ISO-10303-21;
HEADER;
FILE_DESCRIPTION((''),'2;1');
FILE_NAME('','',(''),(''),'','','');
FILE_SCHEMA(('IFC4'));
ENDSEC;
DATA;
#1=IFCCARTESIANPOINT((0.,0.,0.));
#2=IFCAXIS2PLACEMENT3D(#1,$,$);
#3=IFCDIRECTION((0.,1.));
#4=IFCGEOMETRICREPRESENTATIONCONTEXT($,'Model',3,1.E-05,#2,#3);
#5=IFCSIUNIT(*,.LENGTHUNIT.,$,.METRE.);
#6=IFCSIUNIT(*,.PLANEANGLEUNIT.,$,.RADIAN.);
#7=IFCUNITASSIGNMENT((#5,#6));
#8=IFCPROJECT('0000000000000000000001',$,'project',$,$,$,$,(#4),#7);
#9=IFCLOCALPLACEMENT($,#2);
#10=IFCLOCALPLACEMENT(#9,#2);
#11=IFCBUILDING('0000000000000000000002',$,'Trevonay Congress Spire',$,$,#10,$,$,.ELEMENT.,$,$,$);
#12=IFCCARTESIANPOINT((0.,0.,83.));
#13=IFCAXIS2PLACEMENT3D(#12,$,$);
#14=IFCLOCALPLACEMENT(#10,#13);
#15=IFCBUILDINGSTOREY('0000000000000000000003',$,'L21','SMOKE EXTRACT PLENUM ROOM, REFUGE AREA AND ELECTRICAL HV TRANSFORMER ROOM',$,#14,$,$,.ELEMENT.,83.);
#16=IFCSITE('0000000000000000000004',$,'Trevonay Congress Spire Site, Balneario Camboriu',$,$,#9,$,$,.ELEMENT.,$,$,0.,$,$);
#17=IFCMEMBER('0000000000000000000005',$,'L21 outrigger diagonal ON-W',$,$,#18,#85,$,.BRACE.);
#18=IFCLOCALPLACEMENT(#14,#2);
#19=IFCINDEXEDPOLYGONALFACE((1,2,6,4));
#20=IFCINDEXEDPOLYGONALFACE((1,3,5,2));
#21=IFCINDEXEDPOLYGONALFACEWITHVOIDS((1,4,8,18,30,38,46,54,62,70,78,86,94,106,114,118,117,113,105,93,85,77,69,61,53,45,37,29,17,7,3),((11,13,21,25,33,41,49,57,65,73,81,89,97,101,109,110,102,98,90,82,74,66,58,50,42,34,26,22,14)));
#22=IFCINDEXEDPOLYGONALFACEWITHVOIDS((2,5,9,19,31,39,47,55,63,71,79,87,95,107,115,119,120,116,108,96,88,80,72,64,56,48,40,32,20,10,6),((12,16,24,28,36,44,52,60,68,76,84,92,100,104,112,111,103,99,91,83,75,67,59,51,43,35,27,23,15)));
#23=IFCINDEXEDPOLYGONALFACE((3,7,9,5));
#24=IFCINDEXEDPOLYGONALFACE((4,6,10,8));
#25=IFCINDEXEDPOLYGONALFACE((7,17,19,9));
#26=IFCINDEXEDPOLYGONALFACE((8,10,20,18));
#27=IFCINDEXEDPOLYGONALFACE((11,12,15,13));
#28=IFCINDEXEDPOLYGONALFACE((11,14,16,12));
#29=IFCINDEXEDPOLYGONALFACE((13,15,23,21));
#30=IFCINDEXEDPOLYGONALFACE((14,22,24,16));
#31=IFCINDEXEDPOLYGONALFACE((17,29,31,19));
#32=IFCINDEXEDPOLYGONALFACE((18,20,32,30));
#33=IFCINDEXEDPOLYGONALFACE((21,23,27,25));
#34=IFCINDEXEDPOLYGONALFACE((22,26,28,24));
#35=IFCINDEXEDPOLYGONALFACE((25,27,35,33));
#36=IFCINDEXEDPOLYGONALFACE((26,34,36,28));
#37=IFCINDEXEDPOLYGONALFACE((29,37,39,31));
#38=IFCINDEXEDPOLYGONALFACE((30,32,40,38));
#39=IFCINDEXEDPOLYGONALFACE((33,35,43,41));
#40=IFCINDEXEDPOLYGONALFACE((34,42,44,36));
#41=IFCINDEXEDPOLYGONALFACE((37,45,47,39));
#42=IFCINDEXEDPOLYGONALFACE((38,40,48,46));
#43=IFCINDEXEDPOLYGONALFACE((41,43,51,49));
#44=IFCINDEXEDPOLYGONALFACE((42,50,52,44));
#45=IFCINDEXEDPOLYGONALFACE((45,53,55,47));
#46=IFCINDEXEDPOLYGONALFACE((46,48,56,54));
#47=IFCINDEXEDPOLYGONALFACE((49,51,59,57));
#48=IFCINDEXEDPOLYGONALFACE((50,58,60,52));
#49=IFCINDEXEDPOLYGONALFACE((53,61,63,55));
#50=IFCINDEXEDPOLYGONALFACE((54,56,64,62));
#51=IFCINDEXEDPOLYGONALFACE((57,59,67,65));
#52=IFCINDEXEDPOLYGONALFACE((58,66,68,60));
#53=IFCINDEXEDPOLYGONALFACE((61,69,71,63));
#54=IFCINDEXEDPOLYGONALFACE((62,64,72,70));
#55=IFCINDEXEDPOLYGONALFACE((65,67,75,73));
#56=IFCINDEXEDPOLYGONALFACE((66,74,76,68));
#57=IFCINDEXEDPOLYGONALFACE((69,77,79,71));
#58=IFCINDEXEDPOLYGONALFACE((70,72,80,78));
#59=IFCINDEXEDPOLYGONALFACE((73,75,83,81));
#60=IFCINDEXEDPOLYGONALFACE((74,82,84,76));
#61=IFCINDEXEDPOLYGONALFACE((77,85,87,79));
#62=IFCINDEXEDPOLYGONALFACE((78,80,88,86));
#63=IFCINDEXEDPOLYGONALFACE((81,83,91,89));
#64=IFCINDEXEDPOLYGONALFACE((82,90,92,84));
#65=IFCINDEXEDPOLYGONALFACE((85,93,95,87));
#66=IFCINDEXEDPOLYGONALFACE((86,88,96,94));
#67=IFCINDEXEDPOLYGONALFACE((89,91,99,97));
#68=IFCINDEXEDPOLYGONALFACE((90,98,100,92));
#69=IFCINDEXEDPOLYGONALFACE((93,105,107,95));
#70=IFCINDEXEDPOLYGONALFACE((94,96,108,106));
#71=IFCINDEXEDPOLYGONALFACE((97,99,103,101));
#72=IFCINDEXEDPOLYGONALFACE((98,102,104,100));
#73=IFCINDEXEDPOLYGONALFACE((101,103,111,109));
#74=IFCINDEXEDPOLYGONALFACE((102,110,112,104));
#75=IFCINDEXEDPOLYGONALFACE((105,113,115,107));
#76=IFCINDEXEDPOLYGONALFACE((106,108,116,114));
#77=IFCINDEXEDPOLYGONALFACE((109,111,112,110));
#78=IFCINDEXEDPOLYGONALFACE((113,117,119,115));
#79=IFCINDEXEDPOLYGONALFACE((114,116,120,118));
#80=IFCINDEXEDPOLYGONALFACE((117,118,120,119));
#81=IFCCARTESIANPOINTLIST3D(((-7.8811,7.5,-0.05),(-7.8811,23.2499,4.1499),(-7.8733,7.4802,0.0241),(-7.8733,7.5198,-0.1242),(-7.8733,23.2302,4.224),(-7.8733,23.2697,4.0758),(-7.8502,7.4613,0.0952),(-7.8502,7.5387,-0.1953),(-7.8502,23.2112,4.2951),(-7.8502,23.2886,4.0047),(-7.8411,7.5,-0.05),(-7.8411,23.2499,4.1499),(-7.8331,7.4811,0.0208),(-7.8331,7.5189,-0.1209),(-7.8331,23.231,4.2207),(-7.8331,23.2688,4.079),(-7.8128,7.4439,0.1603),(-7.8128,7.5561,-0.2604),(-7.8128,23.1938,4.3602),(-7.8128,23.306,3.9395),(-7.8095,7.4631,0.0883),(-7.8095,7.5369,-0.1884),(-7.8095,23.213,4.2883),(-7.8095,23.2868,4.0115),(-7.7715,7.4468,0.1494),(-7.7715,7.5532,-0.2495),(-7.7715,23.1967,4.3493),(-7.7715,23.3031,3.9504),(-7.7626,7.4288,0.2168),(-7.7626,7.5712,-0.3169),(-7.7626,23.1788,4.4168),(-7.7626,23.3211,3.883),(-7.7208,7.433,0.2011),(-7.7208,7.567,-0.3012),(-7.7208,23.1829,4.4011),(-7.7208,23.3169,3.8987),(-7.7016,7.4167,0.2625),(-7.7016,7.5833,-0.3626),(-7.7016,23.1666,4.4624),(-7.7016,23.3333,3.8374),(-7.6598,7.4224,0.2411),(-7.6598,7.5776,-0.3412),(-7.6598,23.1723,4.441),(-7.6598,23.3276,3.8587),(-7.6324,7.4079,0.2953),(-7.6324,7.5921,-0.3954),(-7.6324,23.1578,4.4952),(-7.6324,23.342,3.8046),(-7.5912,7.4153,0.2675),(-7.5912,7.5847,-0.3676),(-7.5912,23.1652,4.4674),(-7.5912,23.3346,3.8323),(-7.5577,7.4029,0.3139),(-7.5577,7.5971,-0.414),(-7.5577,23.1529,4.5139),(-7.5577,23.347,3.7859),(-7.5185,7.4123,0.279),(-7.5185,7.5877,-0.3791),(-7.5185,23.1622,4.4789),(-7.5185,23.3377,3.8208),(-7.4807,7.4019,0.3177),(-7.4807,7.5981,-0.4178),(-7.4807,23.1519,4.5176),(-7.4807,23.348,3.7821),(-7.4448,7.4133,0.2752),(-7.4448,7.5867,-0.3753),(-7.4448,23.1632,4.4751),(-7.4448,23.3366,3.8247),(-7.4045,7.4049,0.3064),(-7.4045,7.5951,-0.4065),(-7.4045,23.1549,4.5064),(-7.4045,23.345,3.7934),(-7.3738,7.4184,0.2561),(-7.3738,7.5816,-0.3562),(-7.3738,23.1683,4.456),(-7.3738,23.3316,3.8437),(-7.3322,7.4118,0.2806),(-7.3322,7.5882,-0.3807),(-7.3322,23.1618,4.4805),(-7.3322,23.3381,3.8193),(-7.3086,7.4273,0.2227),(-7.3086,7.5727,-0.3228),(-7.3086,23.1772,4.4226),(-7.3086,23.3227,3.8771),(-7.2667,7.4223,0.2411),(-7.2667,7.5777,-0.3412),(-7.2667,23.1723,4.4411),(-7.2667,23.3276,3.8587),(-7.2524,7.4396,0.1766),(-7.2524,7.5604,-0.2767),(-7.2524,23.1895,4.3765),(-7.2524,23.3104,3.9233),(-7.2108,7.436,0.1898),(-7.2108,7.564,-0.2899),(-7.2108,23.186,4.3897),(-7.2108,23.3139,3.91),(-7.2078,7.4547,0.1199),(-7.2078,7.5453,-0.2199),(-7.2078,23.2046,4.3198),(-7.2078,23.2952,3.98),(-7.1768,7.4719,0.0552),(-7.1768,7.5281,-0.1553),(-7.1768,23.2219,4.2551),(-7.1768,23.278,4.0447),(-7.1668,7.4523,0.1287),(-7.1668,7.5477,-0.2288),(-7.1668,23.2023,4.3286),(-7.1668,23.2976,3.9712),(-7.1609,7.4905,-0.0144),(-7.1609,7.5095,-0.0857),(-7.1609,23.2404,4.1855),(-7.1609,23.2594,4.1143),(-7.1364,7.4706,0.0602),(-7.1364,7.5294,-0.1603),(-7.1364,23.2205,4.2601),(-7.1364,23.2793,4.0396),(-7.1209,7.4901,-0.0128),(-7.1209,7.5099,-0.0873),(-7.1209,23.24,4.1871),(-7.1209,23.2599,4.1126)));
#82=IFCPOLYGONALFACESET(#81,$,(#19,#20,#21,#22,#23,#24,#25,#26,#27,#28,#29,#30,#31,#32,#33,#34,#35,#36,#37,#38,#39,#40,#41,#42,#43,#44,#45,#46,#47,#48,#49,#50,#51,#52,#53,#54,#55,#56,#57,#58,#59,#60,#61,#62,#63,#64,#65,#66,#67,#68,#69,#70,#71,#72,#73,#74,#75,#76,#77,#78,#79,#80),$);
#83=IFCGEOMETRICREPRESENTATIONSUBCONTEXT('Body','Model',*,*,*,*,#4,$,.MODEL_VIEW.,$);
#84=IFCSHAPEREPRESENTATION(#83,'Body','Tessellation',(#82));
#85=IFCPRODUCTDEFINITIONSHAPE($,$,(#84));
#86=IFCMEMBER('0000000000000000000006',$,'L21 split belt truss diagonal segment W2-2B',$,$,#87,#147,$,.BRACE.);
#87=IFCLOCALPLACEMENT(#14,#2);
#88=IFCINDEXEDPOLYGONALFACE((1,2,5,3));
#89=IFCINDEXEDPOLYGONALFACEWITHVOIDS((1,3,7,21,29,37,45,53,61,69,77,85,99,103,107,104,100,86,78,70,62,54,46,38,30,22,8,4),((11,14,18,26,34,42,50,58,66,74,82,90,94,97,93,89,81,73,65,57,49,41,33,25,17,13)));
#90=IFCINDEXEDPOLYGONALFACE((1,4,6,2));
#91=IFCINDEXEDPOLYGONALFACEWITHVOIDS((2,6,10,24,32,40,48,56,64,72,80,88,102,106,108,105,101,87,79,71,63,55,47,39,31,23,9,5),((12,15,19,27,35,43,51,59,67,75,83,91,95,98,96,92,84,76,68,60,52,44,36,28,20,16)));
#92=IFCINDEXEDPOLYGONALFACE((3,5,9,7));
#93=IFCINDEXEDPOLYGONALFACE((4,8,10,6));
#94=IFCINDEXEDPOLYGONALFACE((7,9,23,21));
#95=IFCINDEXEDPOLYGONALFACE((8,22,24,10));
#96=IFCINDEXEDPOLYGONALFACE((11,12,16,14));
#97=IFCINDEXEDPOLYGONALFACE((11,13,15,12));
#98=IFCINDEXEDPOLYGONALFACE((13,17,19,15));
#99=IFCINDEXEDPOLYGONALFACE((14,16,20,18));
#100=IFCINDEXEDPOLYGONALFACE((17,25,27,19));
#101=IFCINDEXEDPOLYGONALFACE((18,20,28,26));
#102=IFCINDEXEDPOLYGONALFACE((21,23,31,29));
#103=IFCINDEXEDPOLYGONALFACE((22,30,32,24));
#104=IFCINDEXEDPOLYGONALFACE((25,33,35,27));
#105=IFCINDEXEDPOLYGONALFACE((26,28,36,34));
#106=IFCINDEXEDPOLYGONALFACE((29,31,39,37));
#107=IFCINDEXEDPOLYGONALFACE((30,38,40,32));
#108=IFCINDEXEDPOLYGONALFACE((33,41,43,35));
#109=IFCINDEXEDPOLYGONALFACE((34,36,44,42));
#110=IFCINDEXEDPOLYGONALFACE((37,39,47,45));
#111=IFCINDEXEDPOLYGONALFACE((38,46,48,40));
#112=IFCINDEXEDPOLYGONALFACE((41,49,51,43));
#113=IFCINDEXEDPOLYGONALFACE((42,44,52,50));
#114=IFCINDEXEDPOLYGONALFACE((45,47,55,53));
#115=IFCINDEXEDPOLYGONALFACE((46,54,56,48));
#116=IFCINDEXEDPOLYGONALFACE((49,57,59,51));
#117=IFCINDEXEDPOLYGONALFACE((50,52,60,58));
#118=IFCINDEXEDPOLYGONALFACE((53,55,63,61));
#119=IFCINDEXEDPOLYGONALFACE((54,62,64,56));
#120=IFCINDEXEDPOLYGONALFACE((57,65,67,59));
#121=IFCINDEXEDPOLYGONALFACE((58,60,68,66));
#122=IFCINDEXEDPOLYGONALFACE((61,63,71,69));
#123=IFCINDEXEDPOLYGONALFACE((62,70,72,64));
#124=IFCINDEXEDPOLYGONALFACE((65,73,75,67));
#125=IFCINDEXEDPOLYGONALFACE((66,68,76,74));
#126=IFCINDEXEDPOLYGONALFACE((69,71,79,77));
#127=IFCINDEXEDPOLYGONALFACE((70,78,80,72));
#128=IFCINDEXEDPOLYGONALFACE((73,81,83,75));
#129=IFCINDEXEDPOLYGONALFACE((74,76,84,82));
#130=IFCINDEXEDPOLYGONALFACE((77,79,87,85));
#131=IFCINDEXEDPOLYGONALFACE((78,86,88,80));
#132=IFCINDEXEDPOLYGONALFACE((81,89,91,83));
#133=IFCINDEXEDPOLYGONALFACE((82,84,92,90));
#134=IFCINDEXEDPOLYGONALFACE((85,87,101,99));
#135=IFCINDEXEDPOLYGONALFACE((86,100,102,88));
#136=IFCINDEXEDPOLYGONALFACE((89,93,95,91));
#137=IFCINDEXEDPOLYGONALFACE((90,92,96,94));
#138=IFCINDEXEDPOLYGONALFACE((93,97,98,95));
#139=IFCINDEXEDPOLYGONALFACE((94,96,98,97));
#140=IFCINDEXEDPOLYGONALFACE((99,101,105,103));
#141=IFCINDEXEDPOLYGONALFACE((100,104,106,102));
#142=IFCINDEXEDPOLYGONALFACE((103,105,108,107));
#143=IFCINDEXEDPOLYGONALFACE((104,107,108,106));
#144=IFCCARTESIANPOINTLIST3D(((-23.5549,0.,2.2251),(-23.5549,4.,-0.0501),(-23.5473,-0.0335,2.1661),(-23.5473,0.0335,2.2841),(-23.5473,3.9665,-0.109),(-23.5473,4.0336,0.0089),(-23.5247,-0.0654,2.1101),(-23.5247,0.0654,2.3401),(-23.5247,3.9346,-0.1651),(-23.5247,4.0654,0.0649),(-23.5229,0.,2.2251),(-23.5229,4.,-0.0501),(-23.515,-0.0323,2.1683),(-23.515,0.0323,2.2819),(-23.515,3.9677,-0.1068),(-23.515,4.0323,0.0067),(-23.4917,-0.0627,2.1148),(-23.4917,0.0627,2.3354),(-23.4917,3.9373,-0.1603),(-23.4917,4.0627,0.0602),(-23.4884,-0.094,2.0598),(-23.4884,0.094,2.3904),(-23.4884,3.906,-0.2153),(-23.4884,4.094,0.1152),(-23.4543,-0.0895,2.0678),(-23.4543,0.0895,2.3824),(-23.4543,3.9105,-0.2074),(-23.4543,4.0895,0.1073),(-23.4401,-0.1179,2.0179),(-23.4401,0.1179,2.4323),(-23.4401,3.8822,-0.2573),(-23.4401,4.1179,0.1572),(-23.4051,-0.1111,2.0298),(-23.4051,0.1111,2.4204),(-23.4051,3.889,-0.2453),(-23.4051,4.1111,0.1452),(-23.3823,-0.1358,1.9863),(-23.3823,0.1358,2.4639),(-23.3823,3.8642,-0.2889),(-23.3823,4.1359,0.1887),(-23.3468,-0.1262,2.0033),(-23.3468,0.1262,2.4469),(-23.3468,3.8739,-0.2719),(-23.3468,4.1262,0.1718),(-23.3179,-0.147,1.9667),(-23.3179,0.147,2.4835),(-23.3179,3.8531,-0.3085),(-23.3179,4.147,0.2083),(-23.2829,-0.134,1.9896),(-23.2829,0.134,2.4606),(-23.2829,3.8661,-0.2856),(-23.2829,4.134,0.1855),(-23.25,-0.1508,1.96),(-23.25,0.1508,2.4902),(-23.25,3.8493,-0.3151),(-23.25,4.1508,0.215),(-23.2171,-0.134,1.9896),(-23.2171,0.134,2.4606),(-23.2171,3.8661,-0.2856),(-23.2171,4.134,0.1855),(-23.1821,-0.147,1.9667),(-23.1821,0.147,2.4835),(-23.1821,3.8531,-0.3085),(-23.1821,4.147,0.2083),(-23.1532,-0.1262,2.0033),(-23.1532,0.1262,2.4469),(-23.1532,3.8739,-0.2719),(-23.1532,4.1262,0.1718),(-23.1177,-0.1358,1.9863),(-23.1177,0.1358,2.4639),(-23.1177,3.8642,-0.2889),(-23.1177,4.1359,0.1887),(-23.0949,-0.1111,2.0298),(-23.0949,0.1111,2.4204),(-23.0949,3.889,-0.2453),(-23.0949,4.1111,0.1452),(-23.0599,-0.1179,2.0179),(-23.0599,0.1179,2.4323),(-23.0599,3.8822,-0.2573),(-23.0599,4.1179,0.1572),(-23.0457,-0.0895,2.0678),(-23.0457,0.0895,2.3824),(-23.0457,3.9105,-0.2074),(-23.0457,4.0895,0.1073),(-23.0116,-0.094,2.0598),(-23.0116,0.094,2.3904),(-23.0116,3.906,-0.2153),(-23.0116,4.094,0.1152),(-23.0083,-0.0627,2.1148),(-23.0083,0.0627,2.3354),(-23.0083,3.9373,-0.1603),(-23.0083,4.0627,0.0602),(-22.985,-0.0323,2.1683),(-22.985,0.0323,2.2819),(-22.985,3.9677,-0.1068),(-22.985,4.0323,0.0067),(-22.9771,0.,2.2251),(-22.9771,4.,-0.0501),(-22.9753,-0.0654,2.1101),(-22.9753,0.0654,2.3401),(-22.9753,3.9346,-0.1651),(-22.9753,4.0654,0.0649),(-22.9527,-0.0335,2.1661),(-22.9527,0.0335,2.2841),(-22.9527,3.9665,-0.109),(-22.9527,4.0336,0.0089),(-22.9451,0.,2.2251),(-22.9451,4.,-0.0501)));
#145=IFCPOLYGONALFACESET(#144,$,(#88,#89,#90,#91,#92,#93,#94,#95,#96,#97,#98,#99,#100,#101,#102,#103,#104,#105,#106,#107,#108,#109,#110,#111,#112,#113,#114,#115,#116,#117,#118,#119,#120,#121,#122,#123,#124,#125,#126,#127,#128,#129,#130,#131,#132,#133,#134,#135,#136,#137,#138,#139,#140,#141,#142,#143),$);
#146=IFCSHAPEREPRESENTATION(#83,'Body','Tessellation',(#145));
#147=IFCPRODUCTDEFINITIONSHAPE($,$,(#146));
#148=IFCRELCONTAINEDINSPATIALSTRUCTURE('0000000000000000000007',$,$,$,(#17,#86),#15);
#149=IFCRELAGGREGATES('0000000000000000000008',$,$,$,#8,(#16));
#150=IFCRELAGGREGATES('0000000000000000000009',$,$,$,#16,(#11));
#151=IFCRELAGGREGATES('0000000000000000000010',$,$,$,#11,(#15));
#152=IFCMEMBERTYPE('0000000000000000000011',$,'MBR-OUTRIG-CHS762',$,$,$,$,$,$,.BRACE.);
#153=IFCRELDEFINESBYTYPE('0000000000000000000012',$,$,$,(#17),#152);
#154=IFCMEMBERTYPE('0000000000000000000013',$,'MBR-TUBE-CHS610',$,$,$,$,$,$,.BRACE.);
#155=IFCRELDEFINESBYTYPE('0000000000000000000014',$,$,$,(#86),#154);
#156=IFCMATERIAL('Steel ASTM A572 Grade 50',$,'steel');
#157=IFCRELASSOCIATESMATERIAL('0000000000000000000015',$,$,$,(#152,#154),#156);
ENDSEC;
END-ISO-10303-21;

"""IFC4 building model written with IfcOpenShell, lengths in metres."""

from ifc_helpers import new_model, si_unit, direction, frame, origin, origin_2d, place, context, subcontext, project, spatial, hollow_circle, extrude, material, material_profile, profile_set, type_object, element, save


model = new_model("IFC4")

# Units and contexts
model_context = context("Model", 3, precision=1e-05, world=origin(), true_north=direction((0.0, 1.0)))
body_context = subcontext(model_context, "Body", "Model", "MODEL_VIEW")
ifc_project = project(units=[si_unit("LENGTHUNIT", "METRE"), si_unit("PLANEANGLEUNIT", "RADIAN")], contexts=[model_context])

# Site, building, storey
site_placement = place(None, origin())
site = spatial("IfcSite", under=ifc_project, at=site_placement, Name="Trevonay Congress Spire Site, Balneario Camboriu", CompositionType="ELEMENT", RefElevation=0.0)
building_placement = place(site_placement, origin())
building = spatial("IfcBuilding", under=site, at=building_placement, Name="Trevonay Congress Spire", CompositionType="ELEMENT")
storey_placement = place(building_placement, frame((0.0, 0.0, 83.0)))
storey = spatial("IfcBuildingStorey", under=building, at=storey_placement, Name="L21", Description="SMOKE EXTRACT PLENUM ROOM, REFUGE AREA AND ELECTRICAL HV TRANSFORMER ROOM", CompositionType="ELEMENT", Elevation=83.0)

# Shared definitions
ifc_material_1 = material(Name="Steel ASTM A572 Grade 50", Category="steel")

# Members
ifc_material_profile_1 = material_profile(ifc_material_1, hollow_circle(Radius=0.3811, WallThickness=0.04, at=origin_2d()), Name="CHS 762x40")
ifc_profile_set_1 = profile_set([ifc_material_profile_1], Name="Steel ASTM A572 Grade 50")
member_type_1 = type_object("IfcMemberType", Name="MBR-OUTRIG-CHS762", PredefinedType="BRACE", material=ifc_profile_set_1)
member_1_placement = place(storey_placement, frame((-7.5, 7.5, -0.05), z_axis=(0.0, 0.966236, 0.25766), x_axis=(-1.0, 0.0, 0.0)))
element("IfcMember", 1, at=member_1_placement, inside=storey, type_object=member_type_1, Name="L21 outrigger diagonal ON-W", PredefinedType="BRACE", context=body_context, shape_type="SweptSolid", body=[
    extrude(hollow_circle(Radius=0.3811, WallThickness=0.04, at=origin_2d()), origin(), (0.0, 0.0, 1.0), 16.3003),
])
ifc_material_profile_2 = material_profile(ifc_material_1, hollow_circle(Radius=0.3049, WallThickness=0.032, at=origin_2d()), Name="CHS 610x32")
ifc_profile_set_2 = profile_set([ifc_material_profile_2], Name="Steel ASTM A572 Grade 50")
member_type_2 = type_object("IfcMemberType", Name="MBR-TUBE-CHS610", PredefinedType="BRACE", material=ifc_profile_set_2)
member_2_placement = place(storey_placement, frame((-23.25, 0.0, 2.2251), z_axis=(0.0, 0.869231, -0.494407), x_axis=(-1.0, 0.0, 0.0)))
element("IfcMember", 2, at=member_2_placement, inside=storey, type_object=member_type_2, Name="L21 split belt truss diagonal segment W2-2B", PredefinedType="BRACE", context=body_context, shape_type="SweptSolid", body=[
    extrude(hollow_circle(Radius=0.3049, WallThickness=0.032, at=origin_2d()), origin(), (0.0, 0.0, 1.0), 4.6018),
])

save(model, "model.ifc")
